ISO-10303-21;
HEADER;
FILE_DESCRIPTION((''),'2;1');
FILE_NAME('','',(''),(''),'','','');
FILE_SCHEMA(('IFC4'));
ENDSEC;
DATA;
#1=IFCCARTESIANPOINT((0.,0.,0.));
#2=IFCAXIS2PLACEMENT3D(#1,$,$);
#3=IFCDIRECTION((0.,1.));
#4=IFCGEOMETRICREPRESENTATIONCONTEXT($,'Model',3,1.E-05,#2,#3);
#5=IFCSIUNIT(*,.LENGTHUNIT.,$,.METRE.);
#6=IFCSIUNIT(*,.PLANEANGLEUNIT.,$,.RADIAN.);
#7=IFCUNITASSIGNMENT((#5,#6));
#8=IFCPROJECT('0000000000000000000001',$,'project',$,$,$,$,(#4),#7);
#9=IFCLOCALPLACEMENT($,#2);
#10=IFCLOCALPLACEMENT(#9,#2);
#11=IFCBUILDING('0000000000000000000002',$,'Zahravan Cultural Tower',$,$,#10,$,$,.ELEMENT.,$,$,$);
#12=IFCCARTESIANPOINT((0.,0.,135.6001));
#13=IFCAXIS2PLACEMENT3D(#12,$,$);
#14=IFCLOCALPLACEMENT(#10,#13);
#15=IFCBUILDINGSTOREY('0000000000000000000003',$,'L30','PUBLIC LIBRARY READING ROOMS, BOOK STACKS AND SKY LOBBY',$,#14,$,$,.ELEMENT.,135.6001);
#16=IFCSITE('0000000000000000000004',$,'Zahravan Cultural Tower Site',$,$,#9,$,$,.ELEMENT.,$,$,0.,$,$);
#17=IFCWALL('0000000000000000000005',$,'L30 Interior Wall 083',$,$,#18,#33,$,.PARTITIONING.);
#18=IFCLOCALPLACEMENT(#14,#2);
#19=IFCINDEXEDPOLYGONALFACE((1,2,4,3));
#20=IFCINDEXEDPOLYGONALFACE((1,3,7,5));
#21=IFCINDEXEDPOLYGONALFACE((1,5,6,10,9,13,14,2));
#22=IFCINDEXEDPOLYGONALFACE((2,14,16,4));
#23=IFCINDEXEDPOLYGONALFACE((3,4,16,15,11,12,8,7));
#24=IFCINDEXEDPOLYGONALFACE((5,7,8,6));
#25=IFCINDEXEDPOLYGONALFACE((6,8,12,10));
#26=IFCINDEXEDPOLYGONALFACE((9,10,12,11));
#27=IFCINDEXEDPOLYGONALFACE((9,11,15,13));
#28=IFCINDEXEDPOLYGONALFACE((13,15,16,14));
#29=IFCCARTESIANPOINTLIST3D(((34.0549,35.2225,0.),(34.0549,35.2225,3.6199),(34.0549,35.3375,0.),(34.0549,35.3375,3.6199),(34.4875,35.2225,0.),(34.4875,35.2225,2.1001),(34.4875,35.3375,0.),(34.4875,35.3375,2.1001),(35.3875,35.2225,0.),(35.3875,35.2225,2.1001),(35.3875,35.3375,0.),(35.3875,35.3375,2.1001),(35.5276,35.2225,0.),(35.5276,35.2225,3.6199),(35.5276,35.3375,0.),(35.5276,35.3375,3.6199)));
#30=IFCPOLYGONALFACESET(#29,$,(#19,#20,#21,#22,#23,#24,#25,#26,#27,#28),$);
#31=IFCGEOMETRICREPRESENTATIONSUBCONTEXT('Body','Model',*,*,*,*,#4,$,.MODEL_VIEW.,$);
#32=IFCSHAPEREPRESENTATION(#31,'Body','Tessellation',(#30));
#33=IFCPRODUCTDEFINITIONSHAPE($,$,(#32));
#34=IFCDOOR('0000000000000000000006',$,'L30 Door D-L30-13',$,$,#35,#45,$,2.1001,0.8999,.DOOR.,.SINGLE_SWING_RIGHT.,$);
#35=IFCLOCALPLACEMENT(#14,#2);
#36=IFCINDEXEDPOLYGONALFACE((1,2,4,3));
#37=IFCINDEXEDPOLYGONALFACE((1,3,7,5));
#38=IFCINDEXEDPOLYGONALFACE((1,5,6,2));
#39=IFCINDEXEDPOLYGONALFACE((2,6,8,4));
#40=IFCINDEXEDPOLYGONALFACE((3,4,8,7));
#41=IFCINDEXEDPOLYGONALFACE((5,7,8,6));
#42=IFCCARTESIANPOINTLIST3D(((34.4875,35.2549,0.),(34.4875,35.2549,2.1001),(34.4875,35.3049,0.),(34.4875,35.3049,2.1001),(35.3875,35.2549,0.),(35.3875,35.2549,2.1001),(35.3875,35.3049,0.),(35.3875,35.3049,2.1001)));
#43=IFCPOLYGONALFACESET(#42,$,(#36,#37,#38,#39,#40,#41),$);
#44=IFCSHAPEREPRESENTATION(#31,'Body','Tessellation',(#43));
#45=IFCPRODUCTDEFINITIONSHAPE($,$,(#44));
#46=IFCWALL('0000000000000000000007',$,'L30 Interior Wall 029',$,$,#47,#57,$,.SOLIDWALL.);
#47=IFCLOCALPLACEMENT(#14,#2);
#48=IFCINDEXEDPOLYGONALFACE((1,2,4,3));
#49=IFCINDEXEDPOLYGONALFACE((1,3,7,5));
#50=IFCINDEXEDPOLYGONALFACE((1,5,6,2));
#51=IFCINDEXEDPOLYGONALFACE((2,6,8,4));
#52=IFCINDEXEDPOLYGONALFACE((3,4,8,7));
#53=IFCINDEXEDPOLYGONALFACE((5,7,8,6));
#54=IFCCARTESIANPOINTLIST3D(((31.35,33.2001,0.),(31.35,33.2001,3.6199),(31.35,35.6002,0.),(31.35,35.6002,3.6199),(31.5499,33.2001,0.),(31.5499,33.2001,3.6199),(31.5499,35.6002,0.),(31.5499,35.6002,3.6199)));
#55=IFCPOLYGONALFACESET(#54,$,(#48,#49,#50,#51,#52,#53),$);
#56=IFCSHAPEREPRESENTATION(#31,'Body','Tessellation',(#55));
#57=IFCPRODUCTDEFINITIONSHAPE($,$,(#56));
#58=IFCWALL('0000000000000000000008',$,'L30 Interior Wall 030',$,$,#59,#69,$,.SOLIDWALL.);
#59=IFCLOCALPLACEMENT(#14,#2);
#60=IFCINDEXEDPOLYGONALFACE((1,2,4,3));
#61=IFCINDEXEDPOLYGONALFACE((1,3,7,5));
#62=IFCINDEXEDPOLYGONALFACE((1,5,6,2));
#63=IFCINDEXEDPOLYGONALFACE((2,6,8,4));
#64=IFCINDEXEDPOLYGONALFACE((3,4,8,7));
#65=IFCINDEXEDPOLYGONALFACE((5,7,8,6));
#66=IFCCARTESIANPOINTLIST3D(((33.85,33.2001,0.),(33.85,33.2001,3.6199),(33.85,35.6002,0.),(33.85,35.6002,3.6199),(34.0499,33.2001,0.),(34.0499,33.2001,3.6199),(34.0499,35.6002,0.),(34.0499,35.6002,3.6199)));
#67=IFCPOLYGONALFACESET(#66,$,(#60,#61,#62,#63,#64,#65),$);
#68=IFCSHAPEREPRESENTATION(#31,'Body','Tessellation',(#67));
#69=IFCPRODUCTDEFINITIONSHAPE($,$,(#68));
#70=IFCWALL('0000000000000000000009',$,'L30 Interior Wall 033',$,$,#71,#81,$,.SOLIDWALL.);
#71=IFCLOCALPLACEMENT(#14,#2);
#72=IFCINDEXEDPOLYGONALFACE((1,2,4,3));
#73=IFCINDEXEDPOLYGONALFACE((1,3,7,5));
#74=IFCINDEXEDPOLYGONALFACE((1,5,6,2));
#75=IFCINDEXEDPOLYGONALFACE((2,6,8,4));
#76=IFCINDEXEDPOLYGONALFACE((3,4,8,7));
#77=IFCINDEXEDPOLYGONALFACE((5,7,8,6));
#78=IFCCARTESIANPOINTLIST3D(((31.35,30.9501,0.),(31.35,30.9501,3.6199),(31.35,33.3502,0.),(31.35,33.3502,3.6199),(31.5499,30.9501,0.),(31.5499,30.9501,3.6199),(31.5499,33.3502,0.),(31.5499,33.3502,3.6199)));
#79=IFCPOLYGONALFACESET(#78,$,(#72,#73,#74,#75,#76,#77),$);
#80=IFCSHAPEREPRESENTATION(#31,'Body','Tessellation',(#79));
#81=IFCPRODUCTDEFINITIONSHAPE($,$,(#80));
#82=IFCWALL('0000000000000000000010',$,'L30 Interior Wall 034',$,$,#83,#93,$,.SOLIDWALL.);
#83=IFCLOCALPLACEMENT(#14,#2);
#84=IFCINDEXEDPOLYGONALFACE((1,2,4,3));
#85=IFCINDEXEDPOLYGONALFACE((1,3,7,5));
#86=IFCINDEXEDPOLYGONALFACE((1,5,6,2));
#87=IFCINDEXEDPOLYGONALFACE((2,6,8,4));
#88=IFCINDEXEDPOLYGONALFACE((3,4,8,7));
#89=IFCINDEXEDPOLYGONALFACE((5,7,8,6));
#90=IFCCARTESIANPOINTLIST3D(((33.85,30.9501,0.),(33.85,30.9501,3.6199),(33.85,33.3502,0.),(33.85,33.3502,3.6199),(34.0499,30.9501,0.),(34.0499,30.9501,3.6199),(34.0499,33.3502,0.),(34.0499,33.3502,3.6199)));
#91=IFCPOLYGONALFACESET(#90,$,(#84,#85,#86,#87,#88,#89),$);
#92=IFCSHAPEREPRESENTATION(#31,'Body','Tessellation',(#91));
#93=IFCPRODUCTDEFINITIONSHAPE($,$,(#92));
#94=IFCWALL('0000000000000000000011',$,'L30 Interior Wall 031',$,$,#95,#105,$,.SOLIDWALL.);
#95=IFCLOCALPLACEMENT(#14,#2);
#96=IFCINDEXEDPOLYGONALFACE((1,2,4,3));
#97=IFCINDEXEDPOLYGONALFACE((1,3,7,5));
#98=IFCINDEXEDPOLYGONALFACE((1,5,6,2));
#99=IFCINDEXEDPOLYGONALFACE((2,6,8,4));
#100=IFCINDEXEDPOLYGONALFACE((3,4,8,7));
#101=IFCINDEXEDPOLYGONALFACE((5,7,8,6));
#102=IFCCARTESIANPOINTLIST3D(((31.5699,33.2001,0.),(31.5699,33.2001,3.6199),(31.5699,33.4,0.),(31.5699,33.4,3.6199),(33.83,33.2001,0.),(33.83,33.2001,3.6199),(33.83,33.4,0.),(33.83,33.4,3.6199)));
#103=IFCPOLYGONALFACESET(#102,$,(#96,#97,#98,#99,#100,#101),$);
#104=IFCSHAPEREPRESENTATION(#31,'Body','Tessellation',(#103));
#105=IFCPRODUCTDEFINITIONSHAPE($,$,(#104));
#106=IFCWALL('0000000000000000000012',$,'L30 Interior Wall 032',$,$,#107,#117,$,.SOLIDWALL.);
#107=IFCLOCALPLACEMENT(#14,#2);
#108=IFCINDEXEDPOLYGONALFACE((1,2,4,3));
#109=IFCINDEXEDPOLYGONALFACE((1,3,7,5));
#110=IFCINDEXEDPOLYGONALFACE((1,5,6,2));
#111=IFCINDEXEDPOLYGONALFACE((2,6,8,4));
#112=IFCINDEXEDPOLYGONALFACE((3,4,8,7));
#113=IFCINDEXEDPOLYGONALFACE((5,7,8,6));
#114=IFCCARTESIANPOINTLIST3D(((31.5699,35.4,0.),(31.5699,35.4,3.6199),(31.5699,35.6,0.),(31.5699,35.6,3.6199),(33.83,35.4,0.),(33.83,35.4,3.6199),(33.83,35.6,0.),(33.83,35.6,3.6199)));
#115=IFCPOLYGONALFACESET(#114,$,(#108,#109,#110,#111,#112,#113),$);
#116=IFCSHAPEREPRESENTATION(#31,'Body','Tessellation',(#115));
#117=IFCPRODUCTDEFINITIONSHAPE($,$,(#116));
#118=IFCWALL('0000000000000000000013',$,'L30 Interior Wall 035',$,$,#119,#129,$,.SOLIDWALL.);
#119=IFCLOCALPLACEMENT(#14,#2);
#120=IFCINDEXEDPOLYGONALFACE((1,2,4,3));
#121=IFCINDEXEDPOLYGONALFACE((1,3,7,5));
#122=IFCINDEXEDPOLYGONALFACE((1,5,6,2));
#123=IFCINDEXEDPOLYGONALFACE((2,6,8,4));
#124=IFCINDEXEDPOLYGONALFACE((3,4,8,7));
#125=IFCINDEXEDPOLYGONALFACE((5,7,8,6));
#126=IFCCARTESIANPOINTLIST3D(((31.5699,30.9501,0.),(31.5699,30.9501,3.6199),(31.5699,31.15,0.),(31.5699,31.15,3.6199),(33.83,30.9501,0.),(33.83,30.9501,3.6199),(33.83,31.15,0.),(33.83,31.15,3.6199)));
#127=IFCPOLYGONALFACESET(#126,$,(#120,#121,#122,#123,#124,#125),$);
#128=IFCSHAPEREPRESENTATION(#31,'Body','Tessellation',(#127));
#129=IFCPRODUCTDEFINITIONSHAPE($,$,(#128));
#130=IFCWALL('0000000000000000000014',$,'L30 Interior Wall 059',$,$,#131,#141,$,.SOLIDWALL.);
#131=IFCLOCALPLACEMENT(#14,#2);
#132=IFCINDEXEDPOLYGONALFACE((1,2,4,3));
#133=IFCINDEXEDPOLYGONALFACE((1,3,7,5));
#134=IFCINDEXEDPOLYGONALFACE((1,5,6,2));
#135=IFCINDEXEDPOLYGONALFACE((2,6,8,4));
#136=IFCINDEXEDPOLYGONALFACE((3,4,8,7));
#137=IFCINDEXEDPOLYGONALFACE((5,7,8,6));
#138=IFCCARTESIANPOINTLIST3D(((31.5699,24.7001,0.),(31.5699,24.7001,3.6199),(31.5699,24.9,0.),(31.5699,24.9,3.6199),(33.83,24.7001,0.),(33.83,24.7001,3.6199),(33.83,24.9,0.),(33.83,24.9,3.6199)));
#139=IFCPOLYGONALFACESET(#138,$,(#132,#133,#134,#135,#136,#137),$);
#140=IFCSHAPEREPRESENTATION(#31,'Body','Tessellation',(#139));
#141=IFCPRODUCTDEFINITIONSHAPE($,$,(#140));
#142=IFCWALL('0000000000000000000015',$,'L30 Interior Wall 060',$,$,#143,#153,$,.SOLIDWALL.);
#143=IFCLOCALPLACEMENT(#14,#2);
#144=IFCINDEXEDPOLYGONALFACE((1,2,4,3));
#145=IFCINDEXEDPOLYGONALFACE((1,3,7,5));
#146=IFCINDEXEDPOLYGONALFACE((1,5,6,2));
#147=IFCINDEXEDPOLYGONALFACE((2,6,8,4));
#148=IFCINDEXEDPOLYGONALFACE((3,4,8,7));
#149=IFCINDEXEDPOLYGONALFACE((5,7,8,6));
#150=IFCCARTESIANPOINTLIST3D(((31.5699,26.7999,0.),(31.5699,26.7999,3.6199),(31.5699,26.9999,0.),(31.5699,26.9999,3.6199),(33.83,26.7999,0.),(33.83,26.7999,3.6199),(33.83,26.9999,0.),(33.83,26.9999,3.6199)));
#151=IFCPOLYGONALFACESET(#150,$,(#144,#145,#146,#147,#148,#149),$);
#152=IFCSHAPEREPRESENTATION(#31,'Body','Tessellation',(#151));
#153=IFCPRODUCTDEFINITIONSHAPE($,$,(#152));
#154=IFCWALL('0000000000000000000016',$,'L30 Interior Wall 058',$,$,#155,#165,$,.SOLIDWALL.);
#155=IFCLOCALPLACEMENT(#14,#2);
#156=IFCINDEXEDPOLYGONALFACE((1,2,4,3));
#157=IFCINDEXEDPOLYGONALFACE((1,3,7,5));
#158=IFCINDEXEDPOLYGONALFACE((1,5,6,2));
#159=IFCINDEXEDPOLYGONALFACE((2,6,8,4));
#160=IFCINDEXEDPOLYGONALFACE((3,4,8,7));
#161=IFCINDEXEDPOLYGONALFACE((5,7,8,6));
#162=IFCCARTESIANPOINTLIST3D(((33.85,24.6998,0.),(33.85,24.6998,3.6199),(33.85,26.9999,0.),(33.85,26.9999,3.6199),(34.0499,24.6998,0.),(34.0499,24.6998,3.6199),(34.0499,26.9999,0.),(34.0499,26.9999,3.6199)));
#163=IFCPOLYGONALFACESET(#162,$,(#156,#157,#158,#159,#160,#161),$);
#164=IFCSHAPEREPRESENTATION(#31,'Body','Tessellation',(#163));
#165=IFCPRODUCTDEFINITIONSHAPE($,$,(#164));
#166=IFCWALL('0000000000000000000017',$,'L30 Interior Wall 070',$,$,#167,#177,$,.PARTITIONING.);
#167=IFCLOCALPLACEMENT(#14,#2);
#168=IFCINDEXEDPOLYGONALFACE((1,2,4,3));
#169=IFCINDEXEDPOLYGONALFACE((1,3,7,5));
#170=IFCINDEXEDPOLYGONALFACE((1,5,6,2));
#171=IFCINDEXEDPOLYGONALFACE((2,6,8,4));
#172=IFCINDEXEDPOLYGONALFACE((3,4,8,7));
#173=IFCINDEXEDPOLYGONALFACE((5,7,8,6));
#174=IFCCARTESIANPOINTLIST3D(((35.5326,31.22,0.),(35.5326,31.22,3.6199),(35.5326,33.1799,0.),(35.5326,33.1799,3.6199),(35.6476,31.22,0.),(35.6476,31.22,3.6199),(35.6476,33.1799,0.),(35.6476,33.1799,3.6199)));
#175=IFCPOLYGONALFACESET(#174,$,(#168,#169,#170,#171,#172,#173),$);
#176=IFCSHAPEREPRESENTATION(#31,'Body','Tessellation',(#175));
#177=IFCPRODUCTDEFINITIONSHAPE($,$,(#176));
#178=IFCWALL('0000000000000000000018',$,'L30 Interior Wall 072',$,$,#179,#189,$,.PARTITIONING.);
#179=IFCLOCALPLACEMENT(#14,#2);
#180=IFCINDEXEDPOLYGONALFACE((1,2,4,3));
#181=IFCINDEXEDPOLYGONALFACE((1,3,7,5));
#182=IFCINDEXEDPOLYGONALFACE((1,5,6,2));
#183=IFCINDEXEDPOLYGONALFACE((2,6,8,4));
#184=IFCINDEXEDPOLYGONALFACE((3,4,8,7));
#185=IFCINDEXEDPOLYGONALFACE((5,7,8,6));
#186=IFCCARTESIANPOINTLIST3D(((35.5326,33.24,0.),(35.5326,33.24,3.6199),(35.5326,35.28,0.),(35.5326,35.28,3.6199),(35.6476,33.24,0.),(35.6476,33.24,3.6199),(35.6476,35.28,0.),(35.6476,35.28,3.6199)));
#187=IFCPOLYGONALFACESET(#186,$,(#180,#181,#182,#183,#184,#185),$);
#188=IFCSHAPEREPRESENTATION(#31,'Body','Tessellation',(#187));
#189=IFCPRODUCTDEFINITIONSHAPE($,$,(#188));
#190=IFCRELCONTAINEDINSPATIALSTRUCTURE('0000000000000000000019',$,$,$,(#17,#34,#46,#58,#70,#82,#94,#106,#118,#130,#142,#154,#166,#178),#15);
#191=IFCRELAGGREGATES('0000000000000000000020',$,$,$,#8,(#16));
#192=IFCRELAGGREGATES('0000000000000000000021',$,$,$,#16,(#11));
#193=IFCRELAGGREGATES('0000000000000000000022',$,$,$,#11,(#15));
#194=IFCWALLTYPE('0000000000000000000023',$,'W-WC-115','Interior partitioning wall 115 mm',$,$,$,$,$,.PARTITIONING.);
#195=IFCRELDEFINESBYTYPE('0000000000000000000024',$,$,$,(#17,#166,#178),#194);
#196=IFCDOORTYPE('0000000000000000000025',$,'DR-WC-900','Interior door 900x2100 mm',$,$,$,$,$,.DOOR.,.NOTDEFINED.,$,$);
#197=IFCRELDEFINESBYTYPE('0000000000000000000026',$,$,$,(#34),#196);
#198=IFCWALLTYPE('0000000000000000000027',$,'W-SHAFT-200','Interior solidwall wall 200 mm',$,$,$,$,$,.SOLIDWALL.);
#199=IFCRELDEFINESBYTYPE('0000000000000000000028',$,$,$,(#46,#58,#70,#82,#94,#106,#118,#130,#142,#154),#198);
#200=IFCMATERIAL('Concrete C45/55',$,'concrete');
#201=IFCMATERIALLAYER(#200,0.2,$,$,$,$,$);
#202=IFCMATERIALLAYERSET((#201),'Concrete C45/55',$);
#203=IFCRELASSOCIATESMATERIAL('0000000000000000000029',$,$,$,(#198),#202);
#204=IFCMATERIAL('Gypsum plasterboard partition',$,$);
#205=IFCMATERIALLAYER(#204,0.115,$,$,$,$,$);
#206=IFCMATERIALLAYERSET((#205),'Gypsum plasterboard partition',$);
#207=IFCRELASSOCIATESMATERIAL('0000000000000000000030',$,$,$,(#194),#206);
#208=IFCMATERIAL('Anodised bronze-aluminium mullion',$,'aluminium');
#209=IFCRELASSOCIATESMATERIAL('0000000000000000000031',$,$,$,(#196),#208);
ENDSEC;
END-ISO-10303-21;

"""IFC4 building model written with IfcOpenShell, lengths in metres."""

from ifc_helpers import new_model, si_unit, direction, frame, frame_2d, origin, place, context, subcontext, project, spatial, rectangle, extrude, source, transform, mapped, material, layer, layer_set, type_object, element, fill, save


model = new_model("IFC4")

# Units and contexts
model_context = context("Model", 3, precision=1e-05, world=origin(), true_north=direction((0.0, 1.0)))
body_context = subcontext(model_context, "Body", "Model", "MODEL_VIEW")
ifc_project = project(units=[si_unit("LENGTHUNIT", "METRE"), si_unit("PLANEANGLEUNIT", "RADIAN")], contexts=[model_context])

# Site, building, storey
site_placement = place(None, origin())
site = spatial("IfcSite", under=ifc_project, at=site_placement, Name="Zahravan Cultural Tower Site", CompositionType="ELEMENT", RefElevation=0.0)
building_placement = place(site_placement, origin())
building = spatial("IfcBuilding", under=site, at=building_placement, Name="Zahravan Cultural Tower", CompositionType="ELEMENT")
storey_placement = place(building_placement, frame((0.0, 0.0, 135.6001)))
storey = spatial("IfcBuildingStorey", under=building, at=storey_placement, Name="L30", Description="PUBLIC LIBRARY READING ROOMS, BOOK STACKS AND SKY LOBBY", CompositionType="ELEMENT", Elevation=135.6001)

# Wall, opening, door
ifc_material_1 = material(Name="Gypsum plasterboard partition")
ifc_material_2 = material(Name="Anodised bronze-aluminium mullion", Category="aluminium")
ifc_material_3 = material(Name="Concrete C45/55", Category="concrete")
ifc_layer_1 = layer(ifc_material_3, 0.2)
ifc_layer_set_1 = layer_set([ifc_layer_1], Name="Concrete C45/55")
wall_type_1 = type_object("IfcWallType", Name="W-SHAFT-200", Description="Interior solidwall wall 200 mm", PredefinedType="SOLIDWALL", material=ifc_layer_set_1)
ifc_layer_2 = layer(ifc_material_1, 0.115)
ifc_layer_set_2 = layer_set([ifc_layer_2], Name="Gypsum plasterboard partition")
wall_type_2 = type_object("IfcWallType", Name="W-WC-115", Description="Interior partitioning wall 115 mm", PredefinedType="PARTITIONING", material=ifc_layer_set_2)
wall_1_placement = place(storey_placement, frame((34.0549, 35.28, 0.0), z_axis=(0.0, 0.0, 1.0), x_axis=(1.0, 0.0, 0.0)))
wall_1 = element("IfcWall", 1, at=wall_1_placement, inside=storey, type_object=wall_type_2, Name="L30 Interior Wall 083", PredefinedType="PARTITIONING", context=body_context, shape_type="SweptSolid", body=[
    extrude(rectangle(XDim=1.4727, YDim=0.115, at=frame_2d((0.7363, 0.0))), origin(), (0.0, 0.0, 1.0), 3.6199),
])
opening_1_placement = place(wall_1_placement, frame((0.4326, 0.0, 0.0)))
opening_1 = element("IfcOpeningElement", 2, at=opening_1_placement, cuts=wall_1, PredefinedType="OPENING", context=body_context, shape_type="SweptSolid", body=[
    extrude(rectangle(XDim=0.8999, YDim=2.1001, at=frame_2d((0.45, 1.05))), frame((0.0, 0.0674, 0.0), z_axis=(0.0, -1.0, 0.0), x_axis=(1.0, 0.0, 0.0)), (0.0, 0.0, 1.0), 0.135),
])
door_type_1 = type_object("IfcDoorType", Name="DR-WC-900", Description="Interior door 900x2100 mm", OperationType="NOTDEFINED", PredefinedType="DOOR", material=ifc_material_2)
shared_shape_1 = source(origin(), body_context, "Body", "SweptSolid", [
    extrude(rectangle(XDim=0.8999, YDim=2.1001, at=frame_2d((0.45, 1.05))), frame((0.0, 0.0249, 0.0), z_axis=(0.0, -1.0, 0.0), x_axis=(1.0, 0.0, 0.0)), (0.0, 0.0, 1.0), 0.05),
])
door_1_placement = place(opening_1_placement, origin())
door_1 = element("IfcDoor", 3, at=door_1_placement, inside=storey, type_object=door_type_1, Name="L30 Door D-L30-13", OperationType="SINGLE_SWING_RIGHT", OverallHeight=2.1001, OverallWidth=0.8999, PredefinedType="DOOR", context=body_context, shape_type="MappedRepresentation", body=[
    mapped(shared_shape_1, transform((0.0, 0.0, 0.0), x_axis=(1.0, 0.0, 0.0), y_axis=(0.0, 1.0, 0.0), z_axis=(0.0, 0.0, 1.0), scale=1.0)),
])
fill(opening_1, door_1)

# Walls
shared_shape_2 = source(origin(), body_context, "Body", "SweptSolid", [
    extrude(rectangle(XDim=2.4001, YDim=0.2, at=frame_2d((1.2002, 0.0))), origin(), (0.0, 0.0, 1.0), 3.6199),
])
for number, where, z_axis, x_axis, name in (
    (4, (31.45, 33.2, 0.0), (0.0, 0.0, 1.0), (0.0, 1.0, 0.0), "L30 Interior Wall 029"),
    (5, (33.95, 33.2, 0.0), (0.0, 0.0, 1.0), (0.0, 1.0, 0.0), "L30 Interior Wall 030"),
    (6, (31.45, 30.95, 0.0), (0.0, 0.0, 1.0), (0.0, 1.0, 0.0), "L30 Interior Wall 033"),
    (7, (33.95, 30.95, 0.0), (0.0, 0.0, 1.0), (0.0, 1.0, 0.0), "L30 Interior Wall 034"),
):
    element("IfcWall", number, at=place(storey_placement, frame(where, z_axis=z_axis, x_axis=x_axis)), inside=storey, type_object=wall_type_1, Name=name, PredefinedType="SOLIDWALL", context=body_context, shape_type="MappedRepresentation", body=[
        mapped(shared_shape_2, transform((0.0, 0.0, 0.0), x_axis=(1.0, 0.0, 0.0), y_axis=(0.0, 1.0, 0.0), z_axis=(0.0, 0.0, 1.0), scale=1.0)),
    ])
shared_shape_3 = source(origin(), body_context, "Body", "SweptSolid", [
    extrude(rectangle(XDim=2.26, YDim=0.2, at=frame_2d((1.1299, 0.0))), origin(), (0.0, 0.0, 1.0), 3.6199),
])
for number, where, z_axis, x_axis, name in (
    (8, (31.5701, 33.3, 0.0), (0.0, 0.0, 1.0), (1.0, 0.0, 0.0), "L30 Interior Wall 031"),
    (9, (31.5701, 35.5, 0.0), (0.0, 0.0, 1.0), (1.0, 0.0, 0.0), "L30 Interior Wall 032"),
    (10, (31.5701, 31.05, 0.0), (0.0, 0.0, 1.0), (1.0, 0.0, 0.0), "L30 Interior Wall 035"),
    (11, (31.5701, 24.8, 0.0), (0.0, 0.0, 1.0), (1.0, 0.0, 0.0), "L30 Interior Wall 059"),
    (12, (31.5701, 26.8999, 0.0), (0.0, 0.0, 1.0), (1.0, 0.0, 0.0), "L30 Interior Wall 060"),
):
    element("IfcWall", number, at=place(storey_placement, frame(where, z_axis=z_axis, x_axis=x_axis)), inside=storey, type_object=wall_type_1, Name=name, PredefinedType="SOLIDWALL", context=body_context, shape_type="MappedRepresentation", body=[
        mapped(shared_shape_3, transform((0.0, 0.0, 0.0), x_axis=(1.0, 0.0, 0.0), y_axis=(0.0, 1.0, 0.0), z_axis=(0.0, 0.0, 1.0), scale=1.0)),
    ])
shared_shape_4 = source(origin(), body_context, "Body", "SweptSolid", [
    extrude(rectangle(XDim=2.3, YDim=0.2, at=frame_2d((1.1499, 0.0))), origin(), (0.0, 0.0, 1.0), 3.6199),
])
wall_2_placement = place(storey_placement, frame((33.95, 24.7, 0.0), z_axis=(0.0, 0.0, 1.0), x_axis=(0.0, 1.0, 0.0)))
element("IfcWall", 13, at=wall_2_placement, inside=storey, type_object=wall_type_1, Name="L30 Interior Wall 058", PredefinedType="SOLIDWALL", context=body_context, shape_type="MappedRepresentation", body=[
    mapped(shared_shape_4, transform((0.0, 0.0, 0.0), x_axis=(1.0, 0.0, 0.0), y_axis=(0.0, 1.0, 0.0), z_axis=(0.0, 0.0, 1.0), scale=1.0)),
])
shared_shape_5 = source(origin(), body_context, "Body", "SweptSolid", [
    extrude(rectangle(XDim=1.96, YDim=0.115, at=frame_2d((0.98, 0.0))), origin(), (0.0, 0.0, 1.0), 3.6199),
])
wall_3_placement = place(storey_placement, frame((35.5901, 31.22, 0.0), z_axis=(0.0, 0.0, 1.0), x_axis=(0.0, 1.0, 0.0)))
element("IfcWall", 14, at=wall_3_placement, inside=storey, type_object=wall_type_2, Name="L30 Interior Wall 070", PredefinedType="PARTITIONING", context=body_context, shape_type="MappedRepresentation", body=[
    mapped(shared_shape_5, transform((0.0, 0.0, 0.0), x_axis=(1.0, 0.0, 0.0), y_axis=(0.0, 1.0, 0.0), z_axis=(0.0, 0.0, 1.0), scale=1.0)),
])
shared_shape_6 = source(origin(), body_context, "Body", "SweptSolid", [
    extrude(rectangle(XDim=2.04, YDim=0.115, at=frame_2d((1.02, 0.0))), origin(), (0.0, 0.0, 1.0), 3.6199),
])
wall_4_placement = place(storey_placement, frame((35.5901, 33.24, 0.0), z_axis=(0.0, 0.0, 1.0), x_axis=(0.0, 1.0, 0.0)))
element("IfcWall", 15, at=wall_4_placement, inside=storey, type_object=wall_type_2, Name="L30 Interior Wall 072", PredefinedType="PARTITIONING", context=body_context, shape_type="MappedRepresentation", body=[
    mapped(shared_shape_6, transform((0.0, 0.0, 0.0), x_axis=(1.0, 0.0, 0.0), y_axis=(0.0, 1.0, 0.0), z_axis=(0.0, 0.0, 1.0), scale=1.0)),
])

save(model, "model.ifc")
